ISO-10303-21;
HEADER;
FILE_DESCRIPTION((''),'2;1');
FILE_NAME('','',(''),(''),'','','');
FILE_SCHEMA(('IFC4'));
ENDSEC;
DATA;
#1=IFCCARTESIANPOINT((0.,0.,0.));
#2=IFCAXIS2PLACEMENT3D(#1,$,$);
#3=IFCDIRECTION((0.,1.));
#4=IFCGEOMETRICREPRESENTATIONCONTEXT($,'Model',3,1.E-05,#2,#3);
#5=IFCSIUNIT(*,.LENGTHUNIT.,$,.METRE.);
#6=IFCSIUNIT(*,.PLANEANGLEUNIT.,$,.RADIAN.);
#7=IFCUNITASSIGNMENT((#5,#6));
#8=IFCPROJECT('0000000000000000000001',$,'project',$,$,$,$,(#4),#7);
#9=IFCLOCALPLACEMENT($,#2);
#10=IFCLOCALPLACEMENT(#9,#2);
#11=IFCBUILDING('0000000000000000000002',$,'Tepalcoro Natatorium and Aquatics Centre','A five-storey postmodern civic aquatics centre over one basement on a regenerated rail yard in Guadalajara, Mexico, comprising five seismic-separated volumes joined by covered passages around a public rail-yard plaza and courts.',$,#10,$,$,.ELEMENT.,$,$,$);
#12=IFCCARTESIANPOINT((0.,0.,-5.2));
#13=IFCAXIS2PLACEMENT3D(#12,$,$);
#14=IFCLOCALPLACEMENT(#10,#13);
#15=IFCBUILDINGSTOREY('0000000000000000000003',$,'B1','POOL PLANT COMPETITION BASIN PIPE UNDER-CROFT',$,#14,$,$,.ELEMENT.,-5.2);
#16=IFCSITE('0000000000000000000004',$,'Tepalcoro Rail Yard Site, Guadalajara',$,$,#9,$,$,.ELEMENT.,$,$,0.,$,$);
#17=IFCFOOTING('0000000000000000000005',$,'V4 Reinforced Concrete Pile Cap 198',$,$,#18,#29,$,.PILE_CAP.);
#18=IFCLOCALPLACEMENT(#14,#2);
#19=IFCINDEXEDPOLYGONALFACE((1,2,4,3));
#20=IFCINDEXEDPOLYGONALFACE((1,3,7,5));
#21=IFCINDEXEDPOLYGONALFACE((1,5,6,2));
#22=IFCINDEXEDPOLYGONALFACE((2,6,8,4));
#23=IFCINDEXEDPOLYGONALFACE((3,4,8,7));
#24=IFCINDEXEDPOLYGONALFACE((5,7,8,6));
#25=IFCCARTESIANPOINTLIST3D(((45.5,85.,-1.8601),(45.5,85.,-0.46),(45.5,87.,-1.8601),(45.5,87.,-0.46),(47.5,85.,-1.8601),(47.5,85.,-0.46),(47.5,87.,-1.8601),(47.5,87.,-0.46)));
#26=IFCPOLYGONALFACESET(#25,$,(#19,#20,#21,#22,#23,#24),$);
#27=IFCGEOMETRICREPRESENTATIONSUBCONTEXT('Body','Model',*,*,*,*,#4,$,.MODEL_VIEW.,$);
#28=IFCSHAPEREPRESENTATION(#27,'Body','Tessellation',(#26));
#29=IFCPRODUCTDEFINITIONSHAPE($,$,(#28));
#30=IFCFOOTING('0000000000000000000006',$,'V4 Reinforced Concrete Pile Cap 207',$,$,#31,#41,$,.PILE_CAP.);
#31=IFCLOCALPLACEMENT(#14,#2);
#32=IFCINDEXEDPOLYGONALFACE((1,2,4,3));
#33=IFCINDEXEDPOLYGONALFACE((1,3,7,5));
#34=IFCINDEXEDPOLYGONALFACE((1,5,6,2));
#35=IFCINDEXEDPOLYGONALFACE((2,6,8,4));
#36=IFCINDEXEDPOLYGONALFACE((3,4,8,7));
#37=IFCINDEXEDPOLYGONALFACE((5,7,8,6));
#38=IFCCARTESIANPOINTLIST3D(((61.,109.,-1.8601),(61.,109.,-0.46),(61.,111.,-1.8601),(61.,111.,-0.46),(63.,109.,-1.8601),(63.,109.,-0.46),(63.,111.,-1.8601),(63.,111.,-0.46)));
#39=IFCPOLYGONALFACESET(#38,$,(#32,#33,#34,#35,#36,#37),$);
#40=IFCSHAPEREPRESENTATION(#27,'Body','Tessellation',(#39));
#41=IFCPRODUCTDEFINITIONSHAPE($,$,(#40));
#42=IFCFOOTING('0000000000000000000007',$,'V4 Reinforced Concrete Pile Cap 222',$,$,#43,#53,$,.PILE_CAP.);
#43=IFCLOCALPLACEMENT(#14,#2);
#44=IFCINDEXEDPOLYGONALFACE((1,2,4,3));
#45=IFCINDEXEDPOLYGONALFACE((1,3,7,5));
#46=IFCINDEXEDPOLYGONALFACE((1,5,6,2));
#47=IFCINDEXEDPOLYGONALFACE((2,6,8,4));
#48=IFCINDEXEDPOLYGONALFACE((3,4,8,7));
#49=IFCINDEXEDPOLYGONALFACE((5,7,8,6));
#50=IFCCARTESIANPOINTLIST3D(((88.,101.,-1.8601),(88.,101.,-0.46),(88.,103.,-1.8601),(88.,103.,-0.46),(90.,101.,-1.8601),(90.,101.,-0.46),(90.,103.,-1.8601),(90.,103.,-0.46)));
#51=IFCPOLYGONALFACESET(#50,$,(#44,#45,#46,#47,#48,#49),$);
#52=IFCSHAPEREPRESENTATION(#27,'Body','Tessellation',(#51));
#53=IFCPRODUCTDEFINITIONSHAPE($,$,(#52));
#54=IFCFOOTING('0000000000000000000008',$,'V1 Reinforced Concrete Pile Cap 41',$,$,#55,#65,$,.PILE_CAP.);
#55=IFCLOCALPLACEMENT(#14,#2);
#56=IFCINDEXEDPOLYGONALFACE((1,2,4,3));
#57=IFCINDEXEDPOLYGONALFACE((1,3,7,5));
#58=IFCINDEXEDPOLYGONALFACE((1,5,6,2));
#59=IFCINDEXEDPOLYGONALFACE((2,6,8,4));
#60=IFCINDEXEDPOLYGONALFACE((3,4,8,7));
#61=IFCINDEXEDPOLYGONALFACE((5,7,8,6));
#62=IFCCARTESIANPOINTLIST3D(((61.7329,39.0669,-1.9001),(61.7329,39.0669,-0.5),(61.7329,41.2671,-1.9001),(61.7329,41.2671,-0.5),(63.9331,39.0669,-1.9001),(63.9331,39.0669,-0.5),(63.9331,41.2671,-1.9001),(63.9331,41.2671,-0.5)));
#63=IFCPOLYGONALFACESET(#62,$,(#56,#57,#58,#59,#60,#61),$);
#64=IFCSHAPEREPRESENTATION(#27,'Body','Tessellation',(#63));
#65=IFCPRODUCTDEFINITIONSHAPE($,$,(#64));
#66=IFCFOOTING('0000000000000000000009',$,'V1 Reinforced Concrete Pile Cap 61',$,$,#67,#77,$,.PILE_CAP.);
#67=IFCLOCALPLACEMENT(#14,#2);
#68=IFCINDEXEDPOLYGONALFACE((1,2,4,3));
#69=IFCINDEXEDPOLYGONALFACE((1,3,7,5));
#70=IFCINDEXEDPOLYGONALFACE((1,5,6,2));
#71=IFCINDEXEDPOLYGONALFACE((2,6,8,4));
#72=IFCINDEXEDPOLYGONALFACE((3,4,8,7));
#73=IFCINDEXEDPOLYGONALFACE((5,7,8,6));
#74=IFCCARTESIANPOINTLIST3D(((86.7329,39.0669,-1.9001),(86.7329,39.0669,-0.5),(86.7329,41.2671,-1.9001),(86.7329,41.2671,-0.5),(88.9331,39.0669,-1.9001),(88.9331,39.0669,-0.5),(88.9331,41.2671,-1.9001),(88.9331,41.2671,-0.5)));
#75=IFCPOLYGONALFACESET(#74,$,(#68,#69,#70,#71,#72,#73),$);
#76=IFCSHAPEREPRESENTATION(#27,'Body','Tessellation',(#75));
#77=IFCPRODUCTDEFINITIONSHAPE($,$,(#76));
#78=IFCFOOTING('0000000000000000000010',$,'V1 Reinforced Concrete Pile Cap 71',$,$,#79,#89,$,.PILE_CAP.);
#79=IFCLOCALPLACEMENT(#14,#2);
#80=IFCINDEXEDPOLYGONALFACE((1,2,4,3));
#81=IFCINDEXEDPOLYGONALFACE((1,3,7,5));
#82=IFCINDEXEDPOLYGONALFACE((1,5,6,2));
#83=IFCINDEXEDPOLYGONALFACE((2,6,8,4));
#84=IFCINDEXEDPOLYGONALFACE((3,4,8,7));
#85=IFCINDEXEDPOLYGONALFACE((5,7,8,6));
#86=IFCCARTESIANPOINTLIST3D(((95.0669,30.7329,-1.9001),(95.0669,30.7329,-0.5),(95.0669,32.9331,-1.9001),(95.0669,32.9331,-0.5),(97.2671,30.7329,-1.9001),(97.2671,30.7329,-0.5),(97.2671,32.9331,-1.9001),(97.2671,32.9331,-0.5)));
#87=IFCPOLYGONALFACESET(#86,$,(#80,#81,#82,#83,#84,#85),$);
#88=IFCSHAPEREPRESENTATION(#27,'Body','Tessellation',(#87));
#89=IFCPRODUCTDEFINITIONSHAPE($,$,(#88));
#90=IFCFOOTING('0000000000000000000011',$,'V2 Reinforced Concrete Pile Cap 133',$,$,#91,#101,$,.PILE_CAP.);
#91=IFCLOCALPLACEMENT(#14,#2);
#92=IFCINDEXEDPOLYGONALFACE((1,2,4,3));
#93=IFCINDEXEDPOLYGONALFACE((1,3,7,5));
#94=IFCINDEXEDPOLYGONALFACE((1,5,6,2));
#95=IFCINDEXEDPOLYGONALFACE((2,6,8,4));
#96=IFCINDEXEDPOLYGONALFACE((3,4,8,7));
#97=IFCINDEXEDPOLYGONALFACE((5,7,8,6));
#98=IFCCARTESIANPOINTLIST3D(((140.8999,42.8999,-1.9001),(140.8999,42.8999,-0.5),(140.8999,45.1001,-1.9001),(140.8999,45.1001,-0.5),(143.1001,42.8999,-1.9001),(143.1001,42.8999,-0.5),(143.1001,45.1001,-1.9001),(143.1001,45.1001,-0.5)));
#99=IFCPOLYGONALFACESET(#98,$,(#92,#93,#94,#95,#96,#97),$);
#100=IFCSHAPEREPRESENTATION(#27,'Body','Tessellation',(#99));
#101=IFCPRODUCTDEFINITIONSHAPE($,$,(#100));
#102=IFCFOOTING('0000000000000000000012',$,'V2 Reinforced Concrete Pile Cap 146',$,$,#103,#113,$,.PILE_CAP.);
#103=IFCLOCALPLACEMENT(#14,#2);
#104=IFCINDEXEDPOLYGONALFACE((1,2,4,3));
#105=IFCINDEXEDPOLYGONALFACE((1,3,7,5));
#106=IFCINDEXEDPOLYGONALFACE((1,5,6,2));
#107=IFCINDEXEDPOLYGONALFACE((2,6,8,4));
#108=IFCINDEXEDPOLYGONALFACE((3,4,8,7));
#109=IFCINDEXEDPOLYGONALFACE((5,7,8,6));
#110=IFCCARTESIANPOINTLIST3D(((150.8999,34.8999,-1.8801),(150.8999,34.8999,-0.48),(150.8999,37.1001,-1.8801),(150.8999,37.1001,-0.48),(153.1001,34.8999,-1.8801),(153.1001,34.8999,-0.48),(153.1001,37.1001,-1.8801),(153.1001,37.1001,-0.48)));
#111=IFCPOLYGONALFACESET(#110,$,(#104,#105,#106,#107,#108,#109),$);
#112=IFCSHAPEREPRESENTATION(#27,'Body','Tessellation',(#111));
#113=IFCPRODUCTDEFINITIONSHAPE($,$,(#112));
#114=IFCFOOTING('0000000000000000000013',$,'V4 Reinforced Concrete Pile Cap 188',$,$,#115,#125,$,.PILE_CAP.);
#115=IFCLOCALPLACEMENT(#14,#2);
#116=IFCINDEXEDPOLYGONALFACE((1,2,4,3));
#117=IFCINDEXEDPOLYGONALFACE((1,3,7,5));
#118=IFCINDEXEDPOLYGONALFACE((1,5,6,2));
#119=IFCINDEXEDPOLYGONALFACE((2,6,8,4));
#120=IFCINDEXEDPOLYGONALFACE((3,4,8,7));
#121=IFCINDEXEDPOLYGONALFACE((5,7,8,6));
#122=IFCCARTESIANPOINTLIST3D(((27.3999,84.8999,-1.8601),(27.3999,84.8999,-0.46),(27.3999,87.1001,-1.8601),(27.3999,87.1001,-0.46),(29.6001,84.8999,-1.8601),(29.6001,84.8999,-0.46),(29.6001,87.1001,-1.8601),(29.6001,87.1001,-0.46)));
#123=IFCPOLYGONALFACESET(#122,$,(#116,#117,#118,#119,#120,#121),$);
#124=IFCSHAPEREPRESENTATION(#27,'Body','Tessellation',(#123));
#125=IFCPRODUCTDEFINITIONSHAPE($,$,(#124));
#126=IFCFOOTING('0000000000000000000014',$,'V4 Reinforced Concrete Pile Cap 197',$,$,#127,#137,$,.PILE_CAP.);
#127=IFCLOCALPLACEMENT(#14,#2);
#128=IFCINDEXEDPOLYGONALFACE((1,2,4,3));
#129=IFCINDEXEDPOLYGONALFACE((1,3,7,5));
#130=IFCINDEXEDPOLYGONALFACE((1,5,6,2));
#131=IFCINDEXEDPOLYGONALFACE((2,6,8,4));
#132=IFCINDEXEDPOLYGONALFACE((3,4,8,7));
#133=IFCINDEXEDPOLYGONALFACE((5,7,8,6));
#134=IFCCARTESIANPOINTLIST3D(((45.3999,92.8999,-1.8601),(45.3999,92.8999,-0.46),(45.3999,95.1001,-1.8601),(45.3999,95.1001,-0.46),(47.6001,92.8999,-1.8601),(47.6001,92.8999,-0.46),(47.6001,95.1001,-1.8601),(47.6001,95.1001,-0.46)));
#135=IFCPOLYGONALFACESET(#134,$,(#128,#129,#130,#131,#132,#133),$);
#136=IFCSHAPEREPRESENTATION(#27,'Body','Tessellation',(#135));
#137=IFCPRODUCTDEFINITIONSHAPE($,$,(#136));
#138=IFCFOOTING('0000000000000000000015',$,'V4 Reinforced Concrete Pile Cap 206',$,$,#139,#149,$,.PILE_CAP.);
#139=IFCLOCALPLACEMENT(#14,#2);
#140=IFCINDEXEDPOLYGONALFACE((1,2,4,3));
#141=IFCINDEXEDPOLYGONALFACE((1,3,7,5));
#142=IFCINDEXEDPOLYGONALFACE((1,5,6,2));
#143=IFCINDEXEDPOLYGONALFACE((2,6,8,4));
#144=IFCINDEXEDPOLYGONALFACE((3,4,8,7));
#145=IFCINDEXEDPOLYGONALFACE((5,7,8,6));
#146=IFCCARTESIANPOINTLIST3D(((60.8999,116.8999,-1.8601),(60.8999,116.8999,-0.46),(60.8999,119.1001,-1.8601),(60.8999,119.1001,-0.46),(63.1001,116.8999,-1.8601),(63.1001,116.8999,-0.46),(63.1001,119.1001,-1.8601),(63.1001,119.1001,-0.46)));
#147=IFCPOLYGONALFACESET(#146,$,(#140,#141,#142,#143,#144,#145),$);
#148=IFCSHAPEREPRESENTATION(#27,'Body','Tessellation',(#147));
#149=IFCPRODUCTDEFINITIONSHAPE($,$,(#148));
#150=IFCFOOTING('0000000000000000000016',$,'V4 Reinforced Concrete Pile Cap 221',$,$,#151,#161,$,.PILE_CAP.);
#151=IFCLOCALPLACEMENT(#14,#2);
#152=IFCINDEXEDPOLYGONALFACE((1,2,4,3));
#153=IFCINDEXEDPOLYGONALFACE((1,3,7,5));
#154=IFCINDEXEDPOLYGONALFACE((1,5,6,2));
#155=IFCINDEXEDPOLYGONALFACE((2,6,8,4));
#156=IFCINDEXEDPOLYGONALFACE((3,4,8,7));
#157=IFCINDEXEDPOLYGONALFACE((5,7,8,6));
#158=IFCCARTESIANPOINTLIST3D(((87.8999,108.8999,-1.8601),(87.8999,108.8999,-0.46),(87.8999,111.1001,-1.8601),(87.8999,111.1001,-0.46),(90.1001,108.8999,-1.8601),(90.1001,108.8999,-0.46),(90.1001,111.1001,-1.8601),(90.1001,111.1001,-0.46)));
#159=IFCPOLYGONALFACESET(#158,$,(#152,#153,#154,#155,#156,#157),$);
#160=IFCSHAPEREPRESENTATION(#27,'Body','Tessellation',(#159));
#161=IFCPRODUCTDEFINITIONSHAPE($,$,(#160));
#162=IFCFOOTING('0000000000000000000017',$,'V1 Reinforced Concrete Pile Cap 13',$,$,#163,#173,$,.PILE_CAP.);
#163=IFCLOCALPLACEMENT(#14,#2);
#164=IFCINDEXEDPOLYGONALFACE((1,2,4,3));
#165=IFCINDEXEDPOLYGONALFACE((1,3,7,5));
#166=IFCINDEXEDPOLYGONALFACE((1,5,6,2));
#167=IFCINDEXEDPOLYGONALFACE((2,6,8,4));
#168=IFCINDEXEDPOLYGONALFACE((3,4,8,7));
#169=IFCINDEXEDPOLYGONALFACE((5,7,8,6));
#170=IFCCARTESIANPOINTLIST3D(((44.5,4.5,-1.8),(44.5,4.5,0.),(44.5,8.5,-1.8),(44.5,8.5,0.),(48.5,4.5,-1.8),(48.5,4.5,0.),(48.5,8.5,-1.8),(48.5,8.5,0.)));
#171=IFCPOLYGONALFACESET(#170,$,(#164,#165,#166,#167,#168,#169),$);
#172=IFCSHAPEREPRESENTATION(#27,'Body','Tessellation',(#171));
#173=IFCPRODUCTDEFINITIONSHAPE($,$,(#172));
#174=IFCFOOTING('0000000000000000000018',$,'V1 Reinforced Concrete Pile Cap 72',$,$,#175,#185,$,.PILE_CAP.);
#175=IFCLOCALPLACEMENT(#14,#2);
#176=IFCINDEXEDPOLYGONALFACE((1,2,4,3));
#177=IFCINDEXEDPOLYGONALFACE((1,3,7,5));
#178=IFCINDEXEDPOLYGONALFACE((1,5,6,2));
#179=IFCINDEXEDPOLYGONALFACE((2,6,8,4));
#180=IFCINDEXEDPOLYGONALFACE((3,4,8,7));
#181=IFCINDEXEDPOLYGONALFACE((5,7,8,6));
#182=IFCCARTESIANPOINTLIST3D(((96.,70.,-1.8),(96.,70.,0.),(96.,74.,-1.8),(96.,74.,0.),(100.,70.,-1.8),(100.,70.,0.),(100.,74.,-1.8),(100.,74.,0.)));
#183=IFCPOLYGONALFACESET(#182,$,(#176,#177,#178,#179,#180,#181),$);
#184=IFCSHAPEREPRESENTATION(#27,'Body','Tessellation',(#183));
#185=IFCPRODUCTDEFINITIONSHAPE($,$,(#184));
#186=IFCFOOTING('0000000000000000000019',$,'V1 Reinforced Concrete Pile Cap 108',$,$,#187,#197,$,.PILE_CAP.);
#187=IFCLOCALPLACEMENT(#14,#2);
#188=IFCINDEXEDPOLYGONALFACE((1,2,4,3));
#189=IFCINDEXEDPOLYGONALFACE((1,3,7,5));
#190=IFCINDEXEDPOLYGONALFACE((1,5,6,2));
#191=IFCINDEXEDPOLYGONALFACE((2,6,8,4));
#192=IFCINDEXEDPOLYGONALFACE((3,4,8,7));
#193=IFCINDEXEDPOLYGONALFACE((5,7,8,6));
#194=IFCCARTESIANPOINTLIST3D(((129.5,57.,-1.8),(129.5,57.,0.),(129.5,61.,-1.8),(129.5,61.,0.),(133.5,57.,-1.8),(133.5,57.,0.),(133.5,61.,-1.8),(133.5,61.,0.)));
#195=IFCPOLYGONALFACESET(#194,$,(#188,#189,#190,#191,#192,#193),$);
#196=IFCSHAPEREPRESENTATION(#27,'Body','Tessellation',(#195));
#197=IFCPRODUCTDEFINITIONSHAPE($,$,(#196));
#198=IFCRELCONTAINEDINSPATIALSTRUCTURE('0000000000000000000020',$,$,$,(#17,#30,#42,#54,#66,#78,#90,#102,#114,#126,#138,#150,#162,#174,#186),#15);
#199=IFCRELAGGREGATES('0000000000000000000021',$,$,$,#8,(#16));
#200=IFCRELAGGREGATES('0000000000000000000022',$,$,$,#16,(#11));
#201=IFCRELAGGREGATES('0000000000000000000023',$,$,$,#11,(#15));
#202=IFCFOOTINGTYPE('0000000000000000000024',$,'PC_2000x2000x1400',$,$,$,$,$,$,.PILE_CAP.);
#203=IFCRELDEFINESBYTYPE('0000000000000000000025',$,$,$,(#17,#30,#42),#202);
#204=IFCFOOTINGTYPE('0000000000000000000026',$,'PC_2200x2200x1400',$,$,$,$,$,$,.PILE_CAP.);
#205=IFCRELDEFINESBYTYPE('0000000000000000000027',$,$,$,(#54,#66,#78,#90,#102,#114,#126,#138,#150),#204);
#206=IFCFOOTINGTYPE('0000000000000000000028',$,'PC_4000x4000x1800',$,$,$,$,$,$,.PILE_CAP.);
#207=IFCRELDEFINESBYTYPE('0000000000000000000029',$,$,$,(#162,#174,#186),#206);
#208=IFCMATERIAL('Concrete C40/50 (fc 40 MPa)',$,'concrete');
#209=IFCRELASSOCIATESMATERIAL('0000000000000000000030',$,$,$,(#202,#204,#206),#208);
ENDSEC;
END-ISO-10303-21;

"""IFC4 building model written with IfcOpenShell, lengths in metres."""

from ifc_helpers import new_model, si_unit, direction, frame, origin, place, context, subcontext, project, spatial, polyline, outline, extrude, material, type_object, element, save


model = new_model("IFC4")

# Units and contexts
model_context = context("Model", 3, precision=1e-05, world=origin(), true_north=direction((0.0, 1.0)))
body_context = subcontext(model_context, "Body", "Model", "MODEL_VIEW")
ifc_project = project(units=[si_unit("LENGTHUNIT", "METRE"), si_unit("PLANEANGLEUNIT", "RADIAN")], contexts=[model_context])

# Site, building, storey
site_placement = place(None, origin())
site = spatial("IfcSite", under=ifc_project, at=site_placement, Name="Tepalcoro Rail Yard Site, Guadalajara", CompositionType="ELEMENT", RefElevation=0.0)
building_placement = place(site_placement, origin())
building = spatial("IfcBuilding", under=site, at=building_placement, Name="Tepalcoro Natatorium and Aquatics Centre", Description="A five-storey postmodern civic aquatics centre over one basement on a regenerated rail yard in Guadalajara, Mexico, comprising five seismic-separated volumes joined by covered passages around a public rail-yard plaza and courts.", CompositionType="ELEMENT")
storey_placement = place(building_placement, frame((0.0, 0.0, -5.2)))
storey = spatial("IfcBuildingStorey", under=building, at=storey_placement, Name="B1", Description="POOL PLANT COMPETITION BASIN PIPE UNDER-CROFT", CompositionType="ELEMENT", Elevation=-5.2)

# Footings
ifc_material = material(Name="Concrete C40/50 (fc 40 MPa)", Category="concrete")
footing_type_1 = type_object("IfcFootingType", Name="PC_2000x2000x1400", PredefinedType="PILE_CAP", material=ifc_material)
footing_1_placement = place(storey_placement, frame((0.0, 0.0, -1.8601)))
element("IfcFooting", 1, at=footing_1_placement, inside=storey, type_object=footing_type_1, Name="V4 Reinforced Concrete Pile Cap 198", PredefinedType="PILE_CAP", context=body_context, shape_type="SweptSolid", body=[
    extrude(outline(polyline([(45.5, 85.0), (47.5, 85.0), (47.5, 87.0), (45.5, 87.0), (45.5, 85.0)])), origin(), (0.0, 0.0, 1.0), 1.4001),
])
footing_2_placement = place(storey_placement, frame((0.0, 0.0, -1.8601)))
element("IfcFooting", 2, at=footing_2_placement, inside=storey, type_object=footing_type_1, Name="V4 Reinforced Concrete Pile Cap 207", PredefinedType="PILE_CAP", context=body_context, shape_type="SweptSolid", body=[
    extrude(outline(polyline([(61.0, 109.0), (63.0, 109.0), (63.0, 111.0), (61.0, 111.0), (61.0, 109.0)])), origin(), (0.0, 0.0, 1.0), 1.4001),
])
footing_3_placement = place(storey_placement, frame((0.0, 0.0, -1.8601)))
element("IfcFooting", 3, at=footing_3_placement, inside=storey, type_object=footing_type_1, Name="V4 Reinforced Concrete Pile Cap 222", PredefinedType="PILE_CAP", context=body_context, shape_type="SweptSolid", body=[
    extrude(outline(polyline([(88.0, 101.0), (90.0, 101.0), (90.0, 103.0), (88.0, 103.0), (88.0, 101.0)])), origin(), (0.0, 0.0, 1.0), 1.4001),
])
footing_type_2 = type_object("IfcFootingType", Name="PC_2200x2200x1400", PredefinedType="PILE_CAP", material=ifc_material)
footing_4_placement = place(storey_placement, frame((0.0, 0.0, -1.9001)))
element("IfcFooting", 4, at=footing_4_placement, inside=storey, type_object=footing_type_2, Name="V1 Reinforced Concrete Pile Cap 41", PredefinedType="PILE_CAP", context=body_context, shape_type="SweptSolid", body=[
    extrude(outline(polyline([(61.7329, 39.0669), (63.9331, 39.0669), (63.9331, 41.2671), (61.7329, 41.2671), (61.7329, 39.0669)])), origin(), (0.0, 0.0, 1.0), 1.4001),
])
footing_5_placement = place(storey_placement, frame((0.0, 0.0, -1.9001)))
element("IfcFooting", 5, at=footing_5_placement, inside=storey, type_object=footing_type_2, Name="V1 Reinforced Concrete Pile Cap 61", PredefinedType="PILE_CAP", context=body_context, shape_type="SweptSolid", body=[
    extrude(outline(polyline([(86.7329, 39.0669), (88.9331, 39.0669), (88.9331, 41.2671), (86.7329, 41.2671), (86.7329, 39.0669)])), origin(), (0.0, 0.0, 1.0), 1.4001),
])
footing_6_placement = place(storey_placement, frame((0.0, 0.0, -1.9001)))
element("IfcFooting", 6, at=footing_6_placement, inside=storey, type_object=footing_type_2, Name="V1 Reinforced Concrete Pile Cap 71", PredefinedType="PILE_CAP", context=body_context, shape_type="SweptSolid", body=[
    extrude(outline(polyline([(95.0669, 30.7329), (97.2671, 30.7329), (97.2671, 32.9331), (95.0669, 32.9331), (95.0669, 30.7329)])), origin(), (0.0, 0.0, 1.0), 1.4001),
])
footing_7_placement = place(storey_placement, frame((0.0, 0.0, -1.9001)))
element("IfcFooting", 7, at=footing_7_placement, inside=storey, type_object=footing_type_2, Name="V2 Reinforced Concrete Pile Cap 133", PredefinedType="PILE_CAP", context=body_context, shape_type="SweptSolid", body=[
    extrude(outline(polyline([(140.8999, 42.8999), (143.1001, 42.8999), (143.1001, 45.1001), (140.8999, 45.1001), (140.8999, 42.8999)])), origin(), (0.0, 0.0, 1.0), 1.4001),
])
footing_8_placement = place(storey_placement, frame((0.0, 0.0, -1.8801)))
element("IfcFooting", 8, at=footing_8_placement, inside=storey, type_object=footing_type_2, Name="V2 Reinforced Concrete Pile Cap 146", PredefinedType="PILE_CAP", context=body_context, shape_type="SweptSolid", body=[
    extrude(outline(polyline([(150.8999, 34.8999), (153.1001, 34.8999), (153.1001, 37.1001), (150.8999, 37.1001), (150.8999, 34.8999)])), origin(), (0.0, 0.0, 1.0), 1.4001),
])
footing_9_placement = place(storey_placement, frame((0.0, 0.0, -1.8601)))
element("IfcFooting", 9, at=footing_9_placement, inside=storey, type_object=footing_type_2, Name="V4 Reinforced Concrete Pile Cap 188", PredefinedType="PILE_CAP", context=body_context, shape_type="SweptSolid", body=[
    extrude(outline(polyline([(27.3999, 84.8999), (29.6001, 84.8999), (29.6001, 87.1001), (27.3999, 87.1001), (27.3999, 84.8999)])), origin(), (0.0, 0.0, 1.0), 1.4001),
])
footing_10_placement = place(storey_placement, frame((0.0, 0.0, -1.8601)))
element("IfcFooting", 10, at=footing_10_placement, inside=storey, type_object=footing_type_2, Name="V4 Reinforced Concrete Pile Cap 197", PredefinedType="PILE_CAP", context=body_context, shape_type="SweptSolid", body=[
    extrude(outline(polyline([(45.3999, 92.8999), (47.6001, 92.8999), (47.6001, 95.1001), (45.3999, 95.1001), (45.3999, 92.8999)])), origin(), (0.0, 0.0, 1.0), 1.4001),
])
footing_11_placement = place(storey_placement, frame((0.0, 0.0, -1.8601)))
element("IfcFooting", 11, at=footing_11_placement, inside=storey, type_object=footing_type_2, Name="V4 Reinforced Concrete Pile Cap 206", PredefinedType="PILE_CAP", context=body_context, shape_type="SweptSolid", body=[
    extrude(outline(polyline([(60.8999, 116.8999), (63.1001, 116.8999), (63.1001, 119.1001), (60.8999, 119.1001), (60.8999, 116.8999)])), origin(), (0.0, 0.0, 1.0), 1.4001),
])
footing_12_placement = place(storey_placement, frame((0.0, 0.0, -1.8601)))
element("IfcFooting", 12, at=footing_12_placement, inside=storey, type_object=footing_type_2, Name="V4 Reinforced Concrete Pile Cap 221", PredefinedType="PILE_CAP", context=body_context, shape_type="SweptSolid", body=[
    extrude(outline(polyline([(87.8999, 108.8999), (90.1001, 108.8999), (90.1001, 111.1001), (87.8999, 111.1001), (87.8999, 108.8999)])), origin(), (0.0, 0.0, 1.0), 1.4001),
])
footing_type_3 = type_object("IfcFootingType", Name="PC_4000x4000x1800", PredefinedType="PILE_CAP", material=ifc_material)
footing_13_placement = place(storey_placement, frame((0.0, 0.0, -1.8)))
element("IfcFooting", 13, at=footing_13_placement, inside=storey, type_object=footing_type_3, Name="V1 Reinforced Concrete Pile Cap 13", PredefinedType="PILE_CAP", context=body_context, shape_type="SweptSolid", body=[
    extrude(outline(polyline([(44.5, 4.5), (48.5, 4.5), (48.5, 8.5), (44.5, 8.5), (44.5, 4.5)])), origin(), (0.0, 0.0, 1.0), 1.8),
])
footing_14_placement = place(storey_placement, frame((0.0, 0.0, -1.8)))
element("IfcFooting", 14, at=footing_14_placement, inside=storey, type_object=footing_type_3, Name="V1 Reinforced Concrete Pile Cap 72", PredefinedType="PILE_CAP", context=body_context, shape_type="SweptSolid", body=[
    extrude(outline(polyline([(96.0, 70.0), (100.0, 70.0), (100.0, 74.0), (96.0, 74.0), (96.0, 70.0)])), origin(), (0.0, 0.0, 1.0), 1.8),
])
footing_15_placement = place(storey_placement, frame((0.0, 0.0, -1.8)))
element("IfcFooting", 15, at=footing_15_placement, inside=storey, type_object=footing_type_3, Name="V1 Reinforced Concrete Pile Cap 108", PredefinedType="PILE_CAP", context=body_context, shape_type="SweptSolid", body=[
    extrude(outline(polyline([(129.5, 57.0), (133.5, 57.0), (133.5, 61.0), (129.5, 61.0), (129.5, 57.0)])), origin(), (0.0, 0.0, 1.0), 1.8),
])

save(model, "model.ifc")
